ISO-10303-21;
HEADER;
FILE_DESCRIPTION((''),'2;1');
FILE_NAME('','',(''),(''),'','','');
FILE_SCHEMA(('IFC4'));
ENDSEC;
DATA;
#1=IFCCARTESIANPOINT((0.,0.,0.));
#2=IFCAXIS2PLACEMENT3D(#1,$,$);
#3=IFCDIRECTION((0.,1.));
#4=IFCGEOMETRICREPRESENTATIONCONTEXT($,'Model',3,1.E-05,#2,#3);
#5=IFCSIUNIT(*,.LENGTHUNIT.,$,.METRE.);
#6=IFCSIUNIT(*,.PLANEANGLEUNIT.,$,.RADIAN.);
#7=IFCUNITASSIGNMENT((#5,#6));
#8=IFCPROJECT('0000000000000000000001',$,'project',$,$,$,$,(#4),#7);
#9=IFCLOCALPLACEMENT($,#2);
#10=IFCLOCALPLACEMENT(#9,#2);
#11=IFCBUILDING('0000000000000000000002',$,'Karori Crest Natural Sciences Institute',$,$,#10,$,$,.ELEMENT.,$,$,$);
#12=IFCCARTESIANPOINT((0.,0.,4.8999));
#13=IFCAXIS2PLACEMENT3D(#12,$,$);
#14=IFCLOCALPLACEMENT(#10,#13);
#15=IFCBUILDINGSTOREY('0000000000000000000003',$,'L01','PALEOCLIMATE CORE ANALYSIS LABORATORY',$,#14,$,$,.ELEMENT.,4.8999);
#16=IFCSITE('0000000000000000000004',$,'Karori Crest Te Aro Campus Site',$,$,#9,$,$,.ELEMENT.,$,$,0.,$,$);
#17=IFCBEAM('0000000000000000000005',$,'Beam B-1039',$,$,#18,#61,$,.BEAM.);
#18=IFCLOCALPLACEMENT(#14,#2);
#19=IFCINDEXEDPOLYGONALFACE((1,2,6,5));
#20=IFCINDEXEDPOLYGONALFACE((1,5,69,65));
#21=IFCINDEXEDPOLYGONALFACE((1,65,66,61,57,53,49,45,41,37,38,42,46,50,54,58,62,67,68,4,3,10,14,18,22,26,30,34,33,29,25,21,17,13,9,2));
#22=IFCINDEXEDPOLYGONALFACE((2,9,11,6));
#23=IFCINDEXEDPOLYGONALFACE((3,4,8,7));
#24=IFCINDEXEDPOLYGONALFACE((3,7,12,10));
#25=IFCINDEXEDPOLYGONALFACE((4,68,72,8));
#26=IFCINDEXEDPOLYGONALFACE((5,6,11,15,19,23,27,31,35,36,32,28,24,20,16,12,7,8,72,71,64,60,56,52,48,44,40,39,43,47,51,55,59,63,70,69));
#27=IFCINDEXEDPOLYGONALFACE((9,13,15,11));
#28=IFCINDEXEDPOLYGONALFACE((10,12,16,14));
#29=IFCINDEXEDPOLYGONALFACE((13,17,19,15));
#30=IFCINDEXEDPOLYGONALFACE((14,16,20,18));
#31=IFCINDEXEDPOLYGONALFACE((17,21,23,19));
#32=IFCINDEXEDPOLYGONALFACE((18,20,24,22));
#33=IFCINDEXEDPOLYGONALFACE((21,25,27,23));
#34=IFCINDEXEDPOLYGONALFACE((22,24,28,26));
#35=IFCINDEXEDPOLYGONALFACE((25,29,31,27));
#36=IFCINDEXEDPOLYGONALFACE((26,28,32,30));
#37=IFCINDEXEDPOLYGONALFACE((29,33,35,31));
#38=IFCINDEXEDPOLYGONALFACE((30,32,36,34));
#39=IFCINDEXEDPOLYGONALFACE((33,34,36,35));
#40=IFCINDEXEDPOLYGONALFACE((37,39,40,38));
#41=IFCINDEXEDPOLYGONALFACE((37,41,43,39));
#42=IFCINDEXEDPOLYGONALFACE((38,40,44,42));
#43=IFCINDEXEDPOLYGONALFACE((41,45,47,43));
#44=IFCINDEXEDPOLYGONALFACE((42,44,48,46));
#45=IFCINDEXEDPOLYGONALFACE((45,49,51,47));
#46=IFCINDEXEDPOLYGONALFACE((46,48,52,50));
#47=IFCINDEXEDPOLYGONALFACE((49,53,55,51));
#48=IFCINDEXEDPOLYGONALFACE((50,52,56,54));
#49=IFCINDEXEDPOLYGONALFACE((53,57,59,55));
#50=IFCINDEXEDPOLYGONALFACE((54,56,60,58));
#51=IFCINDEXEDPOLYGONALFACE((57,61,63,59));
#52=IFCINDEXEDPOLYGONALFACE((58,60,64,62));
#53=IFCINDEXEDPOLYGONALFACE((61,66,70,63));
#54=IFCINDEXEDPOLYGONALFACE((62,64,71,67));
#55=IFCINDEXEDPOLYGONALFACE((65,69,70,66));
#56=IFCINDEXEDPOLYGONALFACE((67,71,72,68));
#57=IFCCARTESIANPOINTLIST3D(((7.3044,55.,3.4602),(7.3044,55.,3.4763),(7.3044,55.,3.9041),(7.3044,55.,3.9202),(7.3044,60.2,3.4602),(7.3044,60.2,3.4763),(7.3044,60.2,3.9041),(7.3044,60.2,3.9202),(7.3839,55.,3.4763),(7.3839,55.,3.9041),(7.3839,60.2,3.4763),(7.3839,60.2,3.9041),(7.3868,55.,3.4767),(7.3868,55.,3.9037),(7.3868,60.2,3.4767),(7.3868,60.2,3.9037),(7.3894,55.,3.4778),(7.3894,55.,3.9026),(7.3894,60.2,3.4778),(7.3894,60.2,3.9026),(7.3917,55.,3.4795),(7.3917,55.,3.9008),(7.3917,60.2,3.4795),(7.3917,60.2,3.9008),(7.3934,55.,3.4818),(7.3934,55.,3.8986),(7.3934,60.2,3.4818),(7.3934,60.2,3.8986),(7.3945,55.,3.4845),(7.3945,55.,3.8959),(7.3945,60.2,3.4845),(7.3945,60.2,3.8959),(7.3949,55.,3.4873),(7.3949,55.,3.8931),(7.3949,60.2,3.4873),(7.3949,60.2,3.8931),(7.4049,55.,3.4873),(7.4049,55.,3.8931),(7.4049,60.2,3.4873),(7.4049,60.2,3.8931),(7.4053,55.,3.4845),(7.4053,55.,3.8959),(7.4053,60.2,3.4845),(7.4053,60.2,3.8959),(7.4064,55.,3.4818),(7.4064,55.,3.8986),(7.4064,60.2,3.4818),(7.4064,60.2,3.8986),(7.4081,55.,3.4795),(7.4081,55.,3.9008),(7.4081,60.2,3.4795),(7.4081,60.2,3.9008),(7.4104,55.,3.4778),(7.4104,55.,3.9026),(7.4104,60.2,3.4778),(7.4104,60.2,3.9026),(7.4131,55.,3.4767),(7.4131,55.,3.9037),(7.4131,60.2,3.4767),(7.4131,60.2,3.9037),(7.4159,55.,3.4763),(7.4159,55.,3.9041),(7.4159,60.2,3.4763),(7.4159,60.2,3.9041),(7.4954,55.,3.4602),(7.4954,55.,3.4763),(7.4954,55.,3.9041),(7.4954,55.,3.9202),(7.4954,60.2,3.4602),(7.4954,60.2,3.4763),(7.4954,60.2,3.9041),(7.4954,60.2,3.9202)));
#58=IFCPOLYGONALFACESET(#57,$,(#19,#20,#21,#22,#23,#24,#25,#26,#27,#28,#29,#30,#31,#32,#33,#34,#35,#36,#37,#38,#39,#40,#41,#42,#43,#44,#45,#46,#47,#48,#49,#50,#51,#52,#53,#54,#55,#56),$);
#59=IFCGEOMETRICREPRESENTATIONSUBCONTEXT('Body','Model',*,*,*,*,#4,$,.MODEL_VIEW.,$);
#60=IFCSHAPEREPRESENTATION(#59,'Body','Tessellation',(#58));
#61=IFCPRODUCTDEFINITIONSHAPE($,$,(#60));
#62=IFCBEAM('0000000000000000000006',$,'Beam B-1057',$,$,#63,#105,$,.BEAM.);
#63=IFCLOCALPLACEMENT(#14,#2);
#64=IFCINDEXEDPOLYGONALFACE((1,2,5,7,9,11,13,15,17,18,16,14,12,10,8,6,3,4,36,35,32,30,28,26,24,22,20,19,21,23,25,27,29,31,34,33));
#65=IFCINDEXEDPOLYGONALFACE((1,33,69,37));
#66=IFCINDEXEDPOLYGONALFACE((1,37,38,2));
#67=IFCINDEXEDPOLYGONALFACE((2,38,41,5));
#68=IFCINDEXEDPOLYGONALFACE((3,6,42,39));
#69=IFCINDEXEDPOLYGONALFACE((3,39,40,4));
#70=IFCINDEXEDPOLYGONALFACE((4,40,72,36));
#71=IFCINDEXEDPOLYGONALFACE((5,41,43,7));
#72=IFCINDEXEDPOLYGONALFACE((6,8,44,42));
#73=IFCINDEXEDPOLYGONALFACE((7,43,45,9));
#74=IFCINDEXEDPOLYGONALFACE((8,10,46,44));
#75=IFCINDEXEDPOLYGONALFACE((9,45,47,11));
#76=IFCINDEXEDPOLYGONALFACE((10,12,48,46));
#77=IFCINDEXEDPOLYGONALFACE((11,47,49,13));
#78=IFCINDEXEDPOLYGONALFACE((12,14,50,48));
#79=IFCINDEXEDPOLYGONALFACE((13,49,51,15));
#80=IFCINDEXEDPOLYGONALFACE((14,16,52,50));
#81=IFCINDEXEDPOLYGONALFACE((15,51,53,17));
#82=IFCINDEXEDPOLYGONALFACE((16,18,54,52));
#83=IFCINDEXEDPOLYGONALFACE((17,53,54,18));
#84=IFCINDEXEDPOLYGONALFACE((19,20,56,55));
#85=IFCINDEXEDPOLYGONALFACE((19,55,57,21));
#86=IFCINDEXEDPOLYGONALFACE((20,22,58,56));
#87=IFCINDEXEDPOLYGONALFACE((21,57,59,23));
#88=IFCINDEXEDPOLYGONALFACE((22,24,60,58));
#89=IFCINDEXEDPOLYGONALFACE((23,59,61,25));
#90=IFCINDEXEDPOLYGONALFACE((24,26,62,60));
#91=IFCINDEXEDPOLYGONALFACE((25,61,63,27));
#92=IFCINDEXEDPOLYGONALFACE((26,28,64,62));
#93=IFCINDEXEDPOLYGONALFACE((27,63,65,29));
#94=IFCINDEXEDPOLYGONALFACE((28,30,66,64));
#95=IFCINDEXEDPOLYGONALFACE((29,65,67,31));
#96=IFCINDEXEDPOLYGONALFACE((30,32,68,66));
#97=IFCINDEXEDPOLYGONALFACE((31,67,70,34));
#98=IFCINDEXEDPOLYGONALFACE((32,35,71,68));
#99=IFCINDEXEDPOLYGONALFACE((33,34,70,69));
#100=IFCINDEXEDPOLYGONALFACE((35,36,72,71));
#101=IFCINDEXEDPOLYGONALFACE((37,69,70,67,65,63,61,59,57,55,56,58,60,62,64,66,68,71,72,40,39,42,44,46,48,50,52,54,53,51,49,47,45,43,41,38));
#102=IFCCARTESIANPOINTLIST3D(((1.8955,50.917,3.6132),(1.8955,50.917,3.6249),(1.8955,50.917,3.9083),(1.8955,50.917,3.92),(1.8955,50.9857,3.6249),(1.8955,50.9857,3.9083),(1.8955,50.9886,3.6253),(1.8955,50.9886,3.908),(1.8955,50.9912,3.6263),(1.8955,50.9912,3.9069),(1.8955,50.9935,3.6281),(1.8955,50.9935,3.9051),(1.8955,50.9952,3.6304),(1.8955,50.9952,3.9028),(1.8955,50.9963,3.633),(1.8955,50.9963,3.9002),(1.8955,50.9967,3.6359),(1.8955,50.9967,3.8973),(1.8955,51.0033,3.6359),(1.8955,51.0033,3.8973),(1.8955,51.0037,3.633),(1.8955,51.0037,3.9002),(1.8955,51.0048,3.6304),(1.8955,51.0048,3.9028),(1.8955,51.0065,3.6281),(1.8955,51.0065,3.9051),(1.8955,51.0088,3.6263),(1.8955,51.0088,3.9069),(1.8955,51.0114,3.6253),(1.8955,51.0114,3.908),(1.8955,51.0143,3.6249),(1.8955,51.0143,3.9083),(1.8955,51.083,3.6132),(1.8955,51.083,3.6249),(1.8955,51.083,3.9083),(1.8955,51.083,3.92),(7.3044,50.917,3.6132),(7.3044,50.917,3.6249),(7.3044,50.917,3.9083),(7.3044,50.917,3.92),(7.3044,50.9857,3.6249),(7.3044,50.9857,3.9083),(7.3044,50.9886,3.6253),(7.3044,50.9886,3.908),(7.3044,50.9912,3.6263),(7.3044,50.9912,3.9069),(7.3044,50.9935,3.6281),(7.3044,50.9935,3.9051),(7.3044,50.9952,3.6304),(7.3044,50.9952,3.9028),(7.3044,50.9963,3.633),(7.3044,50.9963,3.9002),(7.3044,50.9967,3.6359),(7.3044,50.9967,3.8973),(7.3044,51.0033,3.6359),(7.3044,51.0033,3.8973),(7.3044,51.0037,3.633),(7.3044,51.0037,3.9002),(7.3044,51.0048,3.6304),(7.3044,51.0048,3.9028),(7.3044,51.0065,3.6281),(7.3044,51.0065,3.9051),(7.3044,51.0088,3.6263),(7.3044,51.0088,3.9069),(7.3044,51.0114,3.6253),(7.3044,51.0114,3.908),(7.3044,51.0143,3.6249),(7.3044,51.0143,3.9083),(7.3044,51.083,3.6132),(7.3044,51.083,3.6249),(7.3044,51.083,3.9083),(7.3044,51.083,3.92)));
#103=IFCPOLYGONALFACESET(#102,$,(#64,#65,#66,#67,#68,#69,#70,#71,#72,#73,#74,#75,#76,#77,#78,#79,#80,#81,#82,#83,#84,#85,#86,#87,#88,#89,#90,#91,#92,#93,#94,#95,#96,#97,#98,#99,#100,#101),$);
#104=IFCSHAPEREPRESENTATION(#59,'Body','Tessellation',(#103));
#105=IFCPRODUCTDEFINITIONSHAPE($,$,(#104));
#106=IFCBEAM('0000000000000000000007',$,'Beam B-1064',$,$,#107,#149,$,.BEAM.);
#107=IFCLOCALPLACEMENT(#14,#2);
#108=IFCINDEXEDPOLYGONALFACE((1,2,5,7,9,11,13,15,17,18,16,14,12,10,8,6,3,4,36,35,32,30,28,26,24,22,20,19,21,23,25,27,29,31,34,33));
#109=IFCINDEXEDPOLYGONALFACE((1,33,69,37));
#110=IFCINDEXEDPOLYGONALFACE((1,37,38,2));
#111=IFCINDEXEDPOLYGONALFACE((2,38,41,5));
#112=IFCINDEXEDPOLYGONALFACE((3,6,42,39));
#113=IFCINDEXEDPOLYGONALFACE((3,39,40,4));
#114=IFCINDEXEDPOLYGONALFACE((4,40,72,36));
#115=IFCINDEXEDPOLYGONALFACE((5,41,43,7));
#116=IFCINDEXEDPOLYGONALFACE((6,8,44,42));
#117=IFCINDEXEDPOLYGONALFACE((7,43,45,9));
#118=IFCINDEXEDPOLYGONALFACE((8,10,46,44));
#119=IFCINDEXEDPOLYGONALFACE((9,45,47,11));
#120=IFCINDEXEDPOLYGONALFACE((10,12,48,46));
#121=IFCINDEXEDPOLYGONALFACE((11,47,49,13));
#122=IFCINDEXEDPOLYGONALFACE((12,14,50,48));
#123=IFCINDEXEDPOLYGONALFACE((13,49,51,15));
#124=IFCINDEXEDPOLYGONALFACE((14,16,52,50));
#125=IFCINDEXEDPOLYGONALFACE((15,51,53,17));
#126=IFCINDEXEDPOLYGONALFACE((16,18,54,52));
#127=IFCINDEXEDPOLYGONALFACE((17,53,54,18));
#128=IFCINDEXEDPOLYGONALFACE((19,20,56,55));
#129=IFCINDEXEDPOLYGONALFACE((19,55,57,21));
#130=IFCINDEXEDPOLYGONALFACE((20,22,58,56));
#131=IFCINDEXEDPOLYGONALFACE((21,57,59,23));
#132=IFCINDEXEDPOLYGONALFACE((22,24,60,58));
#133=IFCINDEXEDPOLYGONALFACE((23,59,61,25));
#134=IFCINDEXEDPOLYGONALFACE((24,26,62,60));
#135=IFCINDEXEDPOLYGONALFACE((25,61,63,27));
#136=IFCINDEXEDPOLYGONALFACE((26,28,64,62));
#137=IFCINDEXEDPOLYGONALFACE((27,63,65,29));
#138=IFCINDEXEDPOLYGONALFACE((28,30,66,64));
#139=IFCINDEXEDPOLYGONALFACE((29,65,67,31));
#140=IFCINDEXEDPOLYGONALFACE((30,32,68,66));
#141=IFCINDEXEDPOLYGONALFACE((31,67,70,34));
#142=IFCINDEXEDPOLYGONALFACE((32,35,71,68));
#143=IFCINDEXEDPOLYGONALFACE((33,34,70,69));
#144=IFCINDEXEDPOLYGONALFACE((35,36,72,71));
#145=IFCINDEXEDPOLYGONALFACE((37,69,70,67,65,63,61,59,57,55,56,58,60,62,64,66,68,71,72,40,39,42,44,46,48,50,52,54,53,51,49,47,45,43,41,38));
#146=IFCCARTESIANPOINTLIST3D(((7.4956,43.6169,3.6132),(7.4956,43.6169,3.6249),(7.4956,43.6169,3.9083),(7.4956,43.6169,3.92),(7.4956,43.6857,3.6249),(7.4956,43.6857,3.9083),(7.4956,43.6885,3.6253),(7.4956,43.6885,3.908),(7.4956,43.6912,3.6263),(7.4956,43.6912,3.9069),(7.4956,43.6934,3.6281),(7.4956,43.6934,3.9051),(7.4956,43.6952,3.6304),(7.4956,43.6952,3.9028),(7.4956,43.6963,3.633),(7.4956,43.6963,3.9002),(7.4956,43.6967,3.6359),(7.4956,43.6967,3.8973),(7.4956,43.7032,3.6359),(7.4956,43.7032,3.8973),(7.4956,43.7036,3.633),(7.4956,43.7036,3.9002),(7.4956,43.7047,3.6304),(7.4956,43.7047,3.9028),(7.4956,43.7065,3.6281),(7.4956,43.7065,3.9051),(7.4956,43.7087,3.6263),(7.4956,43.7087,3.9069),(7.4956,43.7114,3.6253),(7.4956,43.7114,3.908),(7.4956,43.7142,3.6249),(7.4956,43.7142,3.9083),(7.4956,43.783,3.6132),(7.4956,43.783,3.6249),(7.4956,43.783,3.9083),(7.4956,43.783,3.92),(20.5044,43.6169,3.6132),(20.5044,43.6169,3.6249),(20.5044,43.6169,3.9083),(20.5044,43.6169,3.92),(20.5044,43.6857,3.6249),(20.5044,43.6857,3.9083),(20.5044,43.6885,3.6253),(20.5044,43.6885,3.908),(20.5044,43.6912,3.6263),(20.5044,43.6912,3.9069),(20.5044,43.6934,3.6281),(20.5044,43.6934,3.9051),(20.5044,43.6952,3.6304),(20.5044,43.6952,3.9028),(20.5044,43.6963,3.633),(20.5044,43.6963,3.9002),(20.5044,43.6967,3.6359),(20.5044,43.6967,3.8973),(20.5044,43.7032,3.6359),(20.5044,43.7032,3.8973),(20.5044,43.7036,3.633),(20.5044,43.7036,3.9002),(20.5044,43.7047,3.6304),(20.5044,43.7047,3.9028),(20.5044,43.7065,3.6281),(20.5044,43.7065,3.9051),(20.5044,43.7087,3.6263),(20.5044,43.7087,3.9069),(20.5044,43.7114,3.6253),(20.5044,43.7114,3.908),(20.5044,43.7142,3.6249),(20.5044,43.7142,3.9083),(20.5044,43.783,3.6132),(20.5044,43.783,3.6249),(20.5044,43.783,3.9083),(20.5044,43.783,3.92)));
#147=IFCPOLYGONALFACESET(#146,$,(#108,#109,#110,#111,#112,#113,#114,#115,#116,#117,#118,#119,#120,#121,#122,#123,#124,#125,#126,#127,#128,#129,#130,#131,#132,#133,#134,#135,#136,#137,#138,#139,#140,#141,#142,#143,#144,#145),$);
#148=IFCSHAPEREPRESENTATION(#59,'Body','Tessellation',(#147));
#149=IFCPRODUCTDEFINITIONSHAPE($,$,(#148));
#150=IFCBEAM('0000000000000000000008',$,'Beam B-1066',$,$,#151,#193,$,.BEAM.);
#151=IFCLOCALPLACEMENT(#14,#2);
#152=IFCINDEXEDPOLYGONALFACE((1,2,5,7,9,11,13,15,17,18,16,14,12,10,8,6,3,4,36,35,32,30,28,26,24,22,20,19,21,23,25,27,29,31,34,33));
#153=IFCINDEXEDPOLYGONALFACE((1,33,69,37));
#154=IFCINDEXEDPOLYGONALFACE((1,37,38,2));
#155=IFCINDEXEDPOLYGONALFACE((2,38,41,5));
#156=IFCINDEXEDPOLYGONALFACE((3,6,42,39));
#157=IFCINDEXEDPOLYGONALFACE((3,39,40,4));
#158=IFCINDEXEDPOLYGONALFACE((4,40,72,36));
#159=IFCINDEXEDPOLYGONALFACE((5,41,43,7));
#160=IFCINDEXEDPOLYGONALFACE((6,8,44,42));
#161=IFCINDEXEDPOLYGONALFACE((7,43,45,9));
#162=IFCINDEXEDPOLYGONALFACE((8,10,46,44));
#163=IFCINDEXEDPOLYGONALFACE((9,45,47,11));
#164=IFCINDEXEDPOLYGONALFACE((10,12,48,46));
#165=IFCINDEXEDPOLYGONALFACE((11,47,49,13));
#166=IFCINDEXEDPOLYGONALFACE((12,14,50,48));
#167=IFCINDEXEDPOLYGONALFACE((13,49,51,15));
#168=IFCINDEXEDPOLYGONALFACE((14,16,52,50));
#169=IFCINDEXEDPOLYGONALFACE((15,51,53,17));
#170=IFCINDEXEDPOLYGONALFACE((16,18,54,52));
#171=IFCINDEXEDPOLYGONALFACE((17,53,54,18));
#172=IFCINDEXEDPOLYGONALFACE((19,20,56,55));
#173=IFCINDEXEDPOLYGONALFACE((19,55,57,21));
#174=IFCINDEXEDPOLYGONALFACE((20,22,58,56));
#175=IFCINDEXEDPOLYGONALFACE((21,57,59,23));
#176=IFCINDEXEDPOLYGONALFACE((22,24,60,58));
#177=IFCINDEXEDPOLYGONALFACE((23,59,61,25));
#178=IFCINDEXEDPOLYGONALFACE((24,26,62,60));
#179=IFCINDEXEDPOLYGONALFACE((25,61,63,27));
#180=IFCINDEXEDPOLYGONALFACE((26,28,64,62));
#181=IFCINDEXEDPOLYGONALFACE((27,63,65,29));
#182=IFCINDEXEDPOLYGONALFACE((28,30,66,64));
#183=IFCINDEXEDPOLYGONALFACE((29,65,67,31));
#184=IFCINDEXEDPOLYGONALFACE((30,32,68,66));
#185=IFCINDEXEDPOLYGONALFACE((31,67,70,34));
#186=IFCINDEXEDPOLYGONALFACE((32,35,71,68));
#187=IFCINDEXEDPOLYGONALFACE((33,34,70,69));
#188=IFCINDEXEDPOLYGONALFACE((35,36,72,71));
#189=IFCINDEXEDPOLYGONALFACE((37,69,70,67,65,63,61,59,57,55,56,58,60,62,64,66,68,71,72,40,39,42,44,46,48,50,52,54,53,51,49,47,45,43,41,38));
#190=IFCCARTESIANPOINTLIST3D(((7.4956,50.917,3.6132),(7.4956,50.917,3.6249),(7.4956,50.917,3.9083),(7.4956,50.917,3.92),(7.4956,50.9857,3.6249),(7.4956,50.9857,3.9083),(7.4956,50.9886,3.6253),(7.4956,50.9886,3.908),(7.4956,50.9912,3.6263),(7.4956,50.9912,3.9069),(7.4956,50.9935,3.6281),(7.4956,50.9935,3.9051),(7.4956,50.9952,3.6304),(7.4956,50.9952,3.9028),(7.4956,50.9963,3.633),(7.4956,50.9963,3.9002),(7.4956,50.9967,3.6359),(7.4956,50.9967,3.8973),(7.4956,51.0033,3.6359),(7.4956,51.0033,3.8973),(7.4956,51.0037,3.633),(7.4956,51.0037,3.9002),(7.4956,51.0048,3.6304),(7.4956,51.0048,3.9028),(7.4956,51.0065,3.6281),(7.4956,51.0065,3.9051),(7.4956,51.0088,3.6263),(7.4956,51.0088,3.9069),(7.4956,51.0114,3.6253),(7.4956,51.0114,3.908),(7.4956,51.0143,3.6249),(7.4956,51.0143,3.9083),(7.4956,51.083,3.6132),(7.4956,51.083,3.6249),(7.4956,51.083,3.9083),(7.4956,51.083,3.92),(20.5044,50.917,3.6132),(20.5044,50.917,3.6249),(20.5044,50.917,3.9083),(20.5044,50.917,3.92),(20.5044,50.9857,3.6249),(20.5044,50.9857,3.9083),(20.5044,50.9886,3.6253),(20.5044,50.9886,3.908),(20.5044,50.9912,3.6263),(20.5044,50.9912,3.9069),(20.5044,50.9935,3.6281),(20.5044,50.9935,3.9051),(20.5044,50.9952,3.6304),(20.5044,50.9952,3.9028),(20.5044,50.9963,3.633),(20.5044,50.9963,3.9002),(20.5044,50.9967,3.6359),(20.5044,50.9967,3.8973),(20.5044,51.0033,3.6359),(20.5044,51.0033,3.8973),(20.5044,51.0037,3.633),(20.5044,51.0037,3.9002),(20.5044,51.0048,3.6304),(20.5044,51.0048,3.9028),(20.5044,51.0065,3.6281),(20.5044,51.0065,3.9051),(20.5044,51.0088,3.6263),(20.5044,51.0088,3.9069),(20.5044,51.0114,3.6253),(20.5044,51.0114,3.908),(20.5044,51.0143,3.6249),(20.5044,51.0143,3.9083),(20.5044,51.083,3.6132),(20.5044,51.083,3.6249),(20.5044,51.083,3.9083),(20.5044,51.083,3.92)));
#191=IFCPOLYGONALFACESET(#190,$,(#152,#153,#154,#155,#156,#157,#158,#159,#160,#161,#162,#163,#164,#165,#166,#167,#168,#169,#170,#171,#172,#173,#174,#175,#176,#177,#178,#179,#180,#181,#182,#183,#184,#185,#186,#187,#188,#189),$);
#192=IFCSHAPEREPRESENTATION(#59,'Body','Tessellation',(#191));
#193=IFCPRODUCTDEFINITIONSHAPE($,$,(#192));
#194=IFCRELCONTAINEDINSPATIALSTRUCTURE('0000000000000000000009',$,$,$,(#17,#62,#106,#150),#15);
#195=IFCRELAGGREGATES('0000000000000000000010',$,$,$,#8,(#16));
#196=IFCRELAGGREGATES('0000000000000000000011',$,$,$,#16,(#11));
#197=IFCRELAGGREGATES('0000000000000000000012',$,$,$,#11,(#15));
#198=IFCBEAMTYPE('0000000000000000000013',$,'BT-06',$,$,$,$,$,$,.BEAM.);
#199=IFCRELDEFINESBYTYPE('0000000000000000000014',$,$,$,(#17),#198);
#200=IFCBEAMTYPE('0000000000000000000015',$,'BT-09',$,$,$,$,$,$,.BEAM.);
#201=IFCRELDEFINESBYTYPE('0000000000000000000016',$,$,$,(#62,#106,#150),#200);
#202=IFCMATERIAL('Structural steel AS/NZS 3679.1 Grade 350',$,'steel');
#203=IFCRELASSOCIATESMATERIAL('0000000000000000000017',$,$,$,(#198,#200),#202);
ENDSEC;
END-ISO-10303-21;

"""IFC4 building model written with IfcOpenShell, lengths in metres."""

from ifc_helpers import new_model, si_unit, direction, frame, origin, origin_2d, place, context, subcontext, project, spatial, i_section, extrude, material, material_profile, profile_set, type_object, element, save


model = new_model("IFC4")

# Units and contexts
model_context = context("Model", 3, precision=1e-05, world=origin(), true_north=direction((0.0, 1.0)))
body_context = subcontext(model_context, "Body", "Model", "MODEL_VIEW")
ifc_project = project(units=[si_unit("LENGTHUNIT", "METRE"), si_unit("PLANEANGLEUNIT", "RADIAN")], contexts=[model_context])

# Site, building, storey
site_placement = place(None, origin())
site = spatial("IfcSite", under=ifc_project, at=site_placement, Name="Karori Crest Te Aro Campus Site", CompositionType="ELEMENT", RefElevation=0.0)
building_placement = place(site_placement, origin())
building = spatial("IfcBuilding", under=site, at=building_placement, Name="Karori Crest Natural Sciences Institute", CompositionType="ELEMENT")
storey_placement = place(building_placement, frame((0.0, 0.0, 4.8999)))
storey = spatial("IfcBuildingStorey", under=building, at=storey_placement, Name="L01", Description="PALEOCLIMATE CORE ANALYSIS LABORATORY", CompositionType="ELEMENT", Elevation=4.8999)

# Shared definitions
ifc_material_1 = material(Name="Structural steel AS/NZS 3679.1 Grade 350", Category="steel")

# Beams
ifc_material_profile_1 = material_profile(ifc_material_1, i_section(OverallWidth=0.1909, OverallDepth=0.46, WebThickness=0.01, FlangeThickness=0.0161, FilletRadius=0.011, at=origin_2d()), Name="460UB82.1")
ifc_profile_set_1 = profile_set([ifc_material_profile_1], Name="Structural steel AS/NZS 3679.1 Grade 350")
beam_type_1 = type_object("IfcBeamType", Name="BT-06", PredefinedType="BEAM", material=ifc_profile_set_1)
beam_1_placement = place(storey_placement, frame((7.3999, 55.0, 3.6902), z_axis=(0.0, 1.0, 0.0), x_axis=(-1.0, 0.0, 0.0)))
element("IfcBeam", 1, at=beam_1_placement, inside=storey, type_object=beam_type_1, Name="Beam B-1039", PredefinedType="BEAM", context=body_context, shape_type="SweptSolid", body=[
    extrude(i_section(OverallWidth=0.1909, OverallDepth=0.46, WebThickness=0.01, FlangeThickness=0.0161, FilletRadius=0.011, at=origin_2d()), origin(), (0.0, 0.0, 1.0), 5.2),
])
ifc_material_profile_2 = material_profile(ifc_material_1, i_section(OverallWidth=0.166, OverallDepth=0.3069, WebThickness=0.0066, FlangeThickness=0.0117, FilletRadius=0.011, at=origin_2d()), Name="310UB46.2")
ifc_profile_set_2 = profile_set([ifc_material_profile_2], Name="Structural steel AS/NZS 3679.1 Grade 350")
beam_type_2 = type_object("IfcBeamType", Name="BT-09", PredefinedType="BEAM", material=ifc_profile_set_2)
beam_2_placement = place(storey_placement, frame((1.8955, 51.0, 3.7666), z_axis=(1.0, 0.0, 0.0), x_axis=(0.0, 1.0, 0.0)))
element("IfcBeam", 2, at=beam_2_placement, inside=storey, type_object=beam_type_2, Name="Beam B-1057", PredefinedType="BEAM", context=body_context, shape_type="SweptSolid", body=[
    extrude(i_section(OverallWidth=0.166, OverallDepth=0.3069, WebThickness=0.0066, FlangeThickness=0.0117, FilletRadius=0.011, at=origin_2d()), origin(), (0.0, 0.0, 1.0), 5.4089),
])
for number, where, z_axis, x_axis, name in (
    (3, (7.4956, 43.7, 3.7666), (1.0, 0.0, 0.0), (0.0, 1.0, 0.0), "Beam B-1064"),
    (4, (7.4956, 51.0, 3.7666), (1.0, 0.0, 0.0), (0.0, 1.0, 0.0), "Beam B-1066"),
):
    element("IfcBeam", number, at=place(storey_placement, frame(where, z_axis=z_axis, x_axis=x_axis)), inside=storey, type_object=beam_type_2, Name=name, PredefinedType="BEAM", context=body_context, shape_type="SweptSolid", body=[
        extrude(i_section(OverallWidth=0.166, OverallDepth=0.3069, WebThickness=0.0066, FlangeThickness=0.0117, FilletRadius=0.011, at=origin_2d()), origin(), (0.0, 0.0, 1.0), 13.0088),
    ])

save(model, "model.ifc")
